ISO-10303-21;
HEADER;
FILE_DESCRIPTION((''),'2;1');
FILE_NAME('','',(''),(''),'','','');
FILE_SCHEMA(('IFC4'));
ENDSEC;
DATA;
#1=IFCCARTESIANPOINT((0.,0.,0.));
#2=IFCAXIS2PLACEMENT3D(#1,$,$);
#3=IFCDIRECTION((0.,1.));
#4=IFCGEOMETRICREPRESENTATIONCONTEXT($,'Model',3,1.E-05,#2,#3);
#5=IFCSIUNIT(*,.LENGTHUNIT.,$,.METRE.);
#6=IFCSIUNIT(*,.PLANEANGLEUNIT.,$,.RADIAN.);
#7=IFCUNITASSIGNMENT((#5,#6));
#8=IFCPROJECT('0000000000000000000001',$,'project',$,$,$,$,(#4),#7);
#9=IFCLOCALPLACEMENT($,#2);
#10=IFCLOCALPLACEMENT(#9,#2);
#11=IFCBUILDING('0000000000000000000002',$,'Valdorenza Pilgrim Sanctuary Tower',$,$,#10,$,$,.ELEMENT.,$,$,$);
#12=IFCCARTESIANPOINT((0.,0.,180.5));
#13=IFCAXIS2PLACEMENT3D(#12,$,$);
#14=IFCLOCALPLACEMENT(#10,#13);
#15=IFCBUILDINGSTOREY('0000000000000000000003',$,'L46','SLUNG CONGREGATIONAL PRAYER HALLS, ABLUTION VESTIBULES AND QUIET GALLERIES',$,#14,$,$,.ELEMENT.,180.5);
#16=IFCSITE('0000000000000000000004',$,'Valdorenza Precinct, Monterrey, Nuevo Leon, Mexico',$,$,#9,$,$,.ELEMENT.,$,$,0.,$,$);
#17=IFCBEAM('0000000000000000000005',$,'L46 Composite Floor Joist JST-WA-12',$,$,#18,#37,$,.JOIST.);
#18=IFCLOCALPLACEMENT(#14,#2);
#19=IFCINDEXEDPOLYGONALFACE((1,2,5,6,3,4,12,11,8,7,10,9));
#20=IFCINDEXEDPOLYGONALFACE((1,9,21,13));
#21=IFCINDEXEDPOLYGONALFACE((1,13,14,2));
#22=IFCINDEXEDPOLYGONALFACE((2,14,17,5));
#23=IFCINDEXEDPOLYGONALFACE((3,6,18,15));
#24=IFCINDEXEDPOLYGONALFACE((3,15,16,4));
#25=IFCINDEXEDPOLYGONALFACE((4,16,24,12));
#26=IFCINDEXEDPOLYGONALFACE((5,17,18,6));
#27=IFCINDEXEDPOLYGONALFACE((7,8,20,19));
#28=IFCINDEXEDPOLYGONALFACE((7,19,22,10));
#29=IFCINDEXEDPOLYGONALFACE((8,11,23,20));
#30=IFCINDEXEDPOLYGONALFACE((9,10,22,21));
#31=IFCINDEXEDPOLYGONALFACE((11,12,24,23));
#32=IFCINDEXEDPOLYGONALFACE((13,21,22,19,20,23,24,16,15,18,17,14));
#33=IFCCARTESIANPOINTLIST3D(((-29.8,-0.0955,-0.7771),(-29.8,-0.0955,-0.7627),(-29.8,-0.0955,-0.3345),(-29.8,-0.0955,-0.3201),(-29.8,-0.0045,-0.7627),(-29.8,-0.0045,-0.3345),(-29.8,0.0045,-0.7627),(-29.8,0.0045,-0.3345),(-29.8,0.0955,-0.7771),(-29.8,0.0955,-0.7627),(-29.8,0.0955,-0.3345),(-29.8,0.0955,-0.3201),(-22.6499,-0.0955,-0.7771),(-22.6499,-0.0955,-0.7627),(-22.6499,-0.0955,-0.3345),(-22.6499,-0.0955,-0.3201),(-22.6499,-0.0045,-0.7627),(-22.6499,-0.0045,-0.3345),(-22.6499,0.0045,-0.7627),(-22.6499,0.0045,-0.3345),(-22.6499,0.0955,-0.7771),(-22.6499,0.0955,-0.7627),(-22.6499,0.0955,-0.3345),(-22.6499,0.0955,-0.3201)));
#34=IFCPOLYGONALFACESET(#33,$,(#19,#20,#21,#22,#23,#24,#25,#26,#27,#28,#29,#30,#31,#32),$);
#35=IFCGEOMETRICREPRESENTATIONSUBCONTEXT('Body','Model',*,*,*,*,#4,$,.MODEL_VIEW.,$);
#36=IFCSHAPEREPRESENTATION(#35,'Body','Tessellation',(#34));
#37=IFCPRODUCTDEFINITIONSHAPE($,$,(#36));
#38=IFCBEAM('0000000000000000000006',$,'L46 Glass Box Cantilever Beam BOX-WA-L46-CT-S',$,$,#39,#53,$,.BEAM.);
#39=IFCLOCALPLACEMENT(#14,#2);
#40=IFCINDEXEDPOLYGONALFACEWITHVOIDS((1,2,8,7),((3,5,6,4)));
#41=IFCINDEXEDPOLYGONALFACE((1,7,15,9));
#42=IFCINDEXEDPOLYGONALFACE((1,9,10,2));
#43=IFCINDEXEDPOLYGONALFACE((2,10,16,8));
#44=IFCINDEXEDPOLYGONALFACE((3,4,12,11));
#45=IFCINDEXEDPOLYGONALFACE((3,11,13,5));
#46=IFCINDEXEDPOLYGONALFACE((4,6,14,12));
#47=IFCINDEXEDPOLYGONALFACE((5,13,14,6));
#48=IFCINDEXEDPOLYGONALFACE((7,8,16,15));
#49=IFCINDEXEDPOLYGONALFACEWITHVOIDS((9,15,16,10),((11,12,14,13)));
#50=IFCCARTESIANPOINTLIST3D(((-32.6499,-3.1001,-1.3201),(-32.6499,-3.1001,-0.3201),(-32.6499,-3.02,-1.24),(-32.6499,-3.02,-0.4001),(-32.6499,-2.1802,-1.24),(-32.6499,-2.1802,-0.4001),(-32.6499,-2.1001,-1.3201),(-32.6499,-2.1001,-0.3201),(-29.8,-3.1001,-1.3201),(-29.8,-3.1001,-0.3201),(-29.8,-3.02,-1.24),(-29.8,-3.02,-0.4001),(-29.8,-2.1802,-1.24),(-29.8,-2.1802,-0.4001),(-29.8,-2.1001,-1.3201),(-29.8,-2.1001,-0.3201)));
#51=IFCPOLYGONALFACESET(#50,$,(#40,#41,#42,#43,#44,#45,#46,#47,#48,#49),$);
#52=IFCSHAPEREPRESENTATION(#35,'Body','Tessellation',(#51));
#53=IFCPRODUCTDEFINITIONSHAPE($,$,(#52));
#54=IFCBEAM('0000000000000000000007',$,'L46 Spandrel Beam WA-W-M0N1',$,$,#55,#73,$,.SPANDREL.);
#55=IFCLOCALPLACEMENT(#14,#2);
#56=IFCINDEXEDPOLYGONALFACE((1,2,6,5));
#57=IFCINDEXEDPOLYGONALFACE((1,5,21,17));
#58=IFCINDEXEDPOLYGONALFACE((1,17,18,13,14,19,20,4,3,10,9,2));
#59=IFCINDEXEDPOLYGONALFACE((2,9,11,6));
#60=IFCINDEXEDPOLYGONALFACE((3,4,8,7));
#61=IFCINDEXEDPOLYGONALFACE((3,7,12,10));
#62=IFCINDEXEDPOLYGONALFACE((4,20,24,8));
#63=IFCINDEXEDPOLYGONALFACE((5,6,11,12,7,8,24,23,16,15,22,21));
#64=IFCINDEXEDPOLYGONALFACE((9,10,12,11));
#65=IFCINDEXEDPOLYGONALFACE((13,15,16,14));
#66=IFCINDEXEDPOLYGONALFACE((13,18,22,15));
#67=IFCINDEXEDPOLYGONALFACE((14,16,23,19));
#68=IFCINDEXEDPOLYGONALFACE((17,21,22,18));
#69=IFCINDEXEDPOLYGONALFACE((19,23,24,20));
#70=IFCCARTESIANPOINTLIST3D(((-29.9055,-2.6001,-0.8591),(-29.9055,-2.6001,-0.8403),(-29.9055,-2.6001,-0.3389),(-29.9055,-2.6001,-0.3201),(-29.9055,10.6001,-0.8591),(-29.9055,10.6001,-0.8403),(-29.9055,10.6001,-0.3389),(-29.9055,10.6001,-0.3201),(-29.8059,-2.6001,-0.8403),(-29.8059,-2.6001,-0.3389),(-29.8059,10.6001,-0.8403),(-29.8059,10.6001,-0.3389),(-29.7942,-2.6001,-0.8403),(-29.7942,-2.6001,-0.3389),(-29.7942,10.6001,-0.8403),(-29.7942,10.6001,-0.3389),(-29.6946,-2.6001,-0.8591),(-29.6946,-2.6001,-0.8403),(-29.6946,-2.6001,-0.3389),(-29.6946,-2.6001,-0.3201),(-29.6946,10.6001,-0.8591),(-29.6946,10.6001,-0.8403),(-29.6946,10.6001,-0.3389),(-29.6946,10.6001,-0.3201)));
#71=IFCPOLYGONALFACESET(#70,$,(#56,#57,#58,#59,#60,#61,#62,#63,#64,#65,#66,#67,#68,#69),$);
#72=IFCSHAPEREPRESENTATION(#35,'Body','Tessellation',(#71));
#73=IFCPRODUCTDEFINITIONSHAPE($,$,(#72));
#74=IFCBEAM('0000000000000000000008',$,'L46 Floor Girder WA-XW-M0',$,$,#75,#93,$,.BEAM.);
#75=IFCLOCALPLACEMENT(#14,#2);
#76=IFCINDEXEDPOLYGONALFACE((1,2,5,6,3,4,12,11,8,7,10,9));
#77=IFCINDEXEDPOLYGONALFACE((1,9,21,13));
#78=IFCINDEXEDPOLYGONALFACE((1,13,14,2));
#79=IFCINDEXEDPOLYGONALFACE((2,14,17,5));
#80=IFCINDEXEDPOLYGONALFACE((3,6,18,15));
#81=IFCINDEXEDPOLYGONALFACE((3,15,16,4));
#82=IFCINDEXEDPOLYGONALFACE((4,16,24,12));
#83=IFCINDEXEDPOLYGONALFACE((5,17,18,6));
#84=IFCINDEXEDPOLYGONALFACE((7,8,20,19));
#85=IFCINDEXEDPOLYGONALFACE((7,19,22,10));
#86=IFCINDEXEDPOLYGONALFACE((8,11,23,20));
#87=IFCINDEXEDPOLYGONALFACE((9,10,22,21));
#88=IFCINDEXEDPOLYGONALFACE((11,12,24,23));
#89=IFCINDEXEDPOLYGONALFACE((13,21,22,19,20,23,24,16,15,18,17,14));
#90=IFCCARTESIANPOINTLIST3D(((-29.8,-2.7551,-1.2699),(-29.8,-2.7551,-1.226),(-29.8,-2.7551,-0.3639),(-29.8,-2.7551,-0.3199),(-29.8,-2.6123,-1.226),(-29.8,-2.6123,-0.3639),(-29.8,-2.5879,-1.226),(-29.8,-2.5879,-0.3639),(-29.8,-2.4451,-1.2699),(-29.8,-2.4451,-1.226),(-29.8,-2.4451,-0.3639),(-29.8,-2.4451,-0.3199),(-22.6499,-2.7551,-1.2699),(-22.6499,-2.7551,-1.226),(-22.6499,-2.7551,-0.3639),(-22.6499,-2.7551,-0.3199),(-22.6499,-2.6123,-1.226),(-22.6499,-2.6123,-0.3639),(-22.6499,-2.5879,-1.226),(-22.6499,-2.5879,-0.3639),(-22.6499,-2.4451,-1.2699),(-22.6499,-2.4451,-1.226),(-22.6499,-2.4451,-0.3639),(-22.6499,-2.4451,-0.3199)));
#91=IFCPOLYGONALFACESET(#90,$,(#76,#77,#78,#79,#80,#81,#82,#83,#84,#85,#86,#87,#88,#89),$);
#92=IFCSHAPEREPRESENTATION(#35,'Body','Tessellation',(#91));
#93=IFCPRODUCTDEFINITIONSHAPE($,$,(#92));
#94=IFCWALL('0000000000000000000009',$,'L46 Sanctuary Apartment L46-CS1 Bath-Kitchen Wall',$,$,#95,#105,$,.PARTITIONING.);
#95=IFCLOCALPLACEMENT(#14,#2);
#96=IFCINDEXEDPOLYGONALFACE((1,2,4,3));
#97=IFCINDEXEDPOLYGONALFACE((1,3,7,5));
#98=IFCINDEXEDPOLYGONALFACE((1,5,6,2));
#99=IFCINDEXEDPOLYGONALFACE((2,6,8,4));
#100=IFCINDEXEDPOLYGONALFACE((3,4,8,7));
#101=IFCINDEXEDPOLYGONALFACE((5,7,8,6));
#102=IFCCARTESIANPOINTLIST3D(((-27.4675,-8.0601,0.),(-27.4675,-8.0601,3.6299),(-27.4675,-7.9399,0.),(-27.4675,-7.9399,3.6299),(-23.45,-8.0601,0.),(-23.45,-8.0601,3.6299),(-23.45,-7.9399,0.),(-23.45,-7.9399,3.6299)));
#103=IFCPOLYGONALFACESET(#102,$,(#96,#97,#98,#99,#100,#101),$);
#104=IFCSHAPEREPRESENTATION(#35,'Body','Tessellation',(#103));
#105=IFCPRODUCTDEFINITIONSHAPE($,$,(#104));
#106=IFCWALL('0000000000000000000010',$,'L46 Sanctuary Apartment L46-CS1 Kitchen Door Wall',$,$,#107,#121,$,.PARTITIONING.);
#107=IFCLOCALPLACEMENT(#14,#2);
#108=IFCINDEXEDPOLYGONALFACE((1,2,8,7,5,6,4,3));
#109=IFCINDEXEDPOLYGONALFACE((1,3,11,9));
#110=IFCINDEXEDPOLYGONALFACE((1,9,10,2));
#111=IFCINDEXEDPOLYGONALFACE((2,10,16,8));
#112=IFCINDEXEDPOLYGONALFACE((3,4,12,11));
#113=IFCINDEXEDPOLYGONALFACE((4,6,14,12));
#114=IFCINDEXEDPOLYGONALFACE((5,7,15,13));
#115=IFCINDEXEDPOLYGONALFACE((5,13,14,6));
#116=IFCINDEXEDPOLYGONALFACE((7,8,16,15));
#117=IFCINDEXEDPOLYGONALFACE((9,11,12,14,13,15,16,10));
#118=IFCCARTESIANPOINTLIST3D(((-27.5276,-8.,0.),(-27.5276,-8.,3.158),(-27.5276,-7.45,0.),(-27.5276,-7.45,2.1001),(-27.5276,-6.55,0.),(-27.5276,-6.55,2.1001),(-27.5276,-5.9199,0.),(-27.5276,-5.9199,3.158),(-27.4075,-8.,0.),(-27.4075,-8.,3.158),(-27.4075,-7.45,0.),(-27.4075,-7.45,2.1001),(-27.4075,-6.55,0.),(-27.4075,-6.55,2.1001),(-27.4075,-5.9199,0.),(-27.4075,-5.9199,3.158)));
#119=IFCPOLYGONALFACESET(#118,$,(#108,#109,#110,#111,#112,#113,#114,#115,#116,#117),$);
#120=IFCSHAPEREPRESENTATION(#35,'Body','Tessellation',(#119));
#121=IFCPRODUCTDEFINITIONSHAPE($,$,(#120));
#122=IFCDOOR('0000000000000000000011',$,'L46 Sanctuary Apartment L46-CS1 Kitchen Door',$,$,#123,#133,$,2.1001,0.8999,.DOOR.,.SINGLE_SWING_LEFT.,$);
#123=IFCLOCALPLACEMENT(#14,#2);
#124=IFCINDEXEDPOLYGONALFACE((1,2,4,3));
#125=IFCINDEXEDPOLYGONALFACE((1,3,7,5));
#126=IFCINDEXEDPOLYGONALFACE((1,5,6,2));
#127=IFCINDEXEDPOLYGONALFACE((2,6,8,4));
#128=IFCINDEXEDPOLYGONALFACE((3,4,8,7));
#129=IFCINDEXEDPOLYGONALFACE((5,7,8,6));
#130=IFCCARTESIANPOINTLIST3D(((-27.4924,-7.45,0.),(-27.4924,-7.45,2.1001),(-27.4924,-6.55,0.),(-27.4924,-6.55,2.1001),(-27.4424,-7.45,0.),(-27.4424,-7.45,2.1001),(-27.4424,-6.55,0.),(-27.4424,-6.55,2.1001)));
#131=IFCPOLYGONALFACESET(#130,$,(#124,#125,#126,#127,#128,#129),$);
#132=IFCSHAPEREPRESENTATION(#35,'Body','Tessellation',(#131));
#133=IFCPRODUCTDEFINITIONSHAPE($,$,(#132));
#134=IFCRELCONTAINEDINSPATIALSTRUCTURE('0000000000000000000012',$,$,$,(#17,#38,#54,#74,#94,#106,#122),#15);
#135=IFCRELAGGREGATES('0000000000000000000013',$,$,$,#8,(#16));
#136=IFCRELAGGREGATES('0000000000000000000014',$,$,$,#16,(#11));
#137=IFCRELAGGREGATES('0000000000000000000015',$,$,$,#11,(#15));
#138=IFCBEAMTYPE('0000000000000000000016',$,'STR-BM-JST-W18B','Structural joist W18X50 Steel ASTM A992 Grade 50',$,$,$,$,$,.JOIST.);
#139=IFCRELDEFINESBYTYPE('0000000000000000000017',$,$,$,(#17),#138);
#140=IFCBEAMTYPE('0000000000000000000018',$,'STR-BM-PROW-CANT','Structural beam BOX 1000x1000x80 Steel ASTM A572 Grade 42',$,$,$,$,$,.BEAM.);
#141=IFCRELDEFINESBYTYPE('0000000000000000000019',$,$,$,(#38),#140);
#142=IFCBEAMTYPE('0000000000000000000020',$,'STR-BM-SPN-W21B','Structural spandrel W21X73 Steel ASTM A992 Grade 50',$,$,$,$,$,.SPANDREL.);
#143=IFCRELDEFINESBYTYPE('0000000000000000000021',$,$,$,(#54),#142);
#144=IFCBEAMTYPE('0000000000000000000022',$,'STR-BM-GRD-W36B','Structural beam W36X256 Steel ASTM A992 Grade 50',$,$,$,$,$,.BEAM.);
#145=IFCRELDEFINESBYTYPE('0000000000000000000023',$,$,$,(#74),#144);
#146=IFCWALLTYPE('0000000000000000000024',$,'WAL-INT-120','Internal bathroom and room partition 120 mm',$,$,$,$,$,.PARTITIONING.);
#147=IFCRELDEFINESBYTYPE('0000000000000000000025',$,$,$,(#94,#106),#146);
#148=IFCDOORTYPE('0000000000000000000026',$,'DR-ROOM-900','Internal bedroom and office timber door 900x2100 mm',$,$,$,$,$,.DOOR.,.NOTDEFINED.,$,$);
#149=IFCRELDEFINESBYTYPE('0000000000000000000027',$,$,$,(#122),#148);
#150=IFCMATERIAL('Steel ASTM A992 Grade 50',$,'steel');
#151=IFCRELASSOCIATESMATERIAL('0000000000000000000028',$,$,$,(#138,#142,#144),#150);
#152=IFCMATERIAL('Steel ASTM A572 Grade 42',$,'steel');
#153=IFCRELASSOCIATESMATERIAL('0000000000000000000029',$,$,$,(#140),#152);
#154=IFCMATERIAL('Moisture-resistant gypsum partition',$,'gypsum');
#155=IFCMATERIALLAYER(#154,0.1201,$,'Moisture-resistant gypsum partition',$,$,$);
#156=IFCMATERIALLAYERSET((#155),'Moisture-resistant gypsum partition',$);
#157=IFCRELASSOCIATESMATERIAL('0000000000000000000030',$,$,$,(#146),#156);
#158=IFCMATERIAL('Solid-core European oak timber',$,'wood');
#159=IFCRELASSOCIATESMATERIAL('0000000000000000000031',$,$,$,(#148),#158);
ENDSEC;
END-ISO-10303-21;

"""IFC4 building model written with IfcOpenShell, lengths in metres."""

from ifc_helpers import new_model, si_unit, direction, frame, frame_2d, origin, origin_2d, place, context, subcontext, project, spatial, rectangle, hollow_rectangle, i_section, extrude, source, transform, mapped, material, layer, layer_set, material_profile, profile_set, type_object, element, fill, save


model = new_model("IFC4")

# Units and contexts
model_context = context("Model", 3, precision=1e-05, world=origin(), true_north=direction((0.0, 1.0)))
body_context = subcontext(model_context, "Body", "Model", "MODEL_VIEW")
ifc_project = project(units=[si_unit("LENGTHUNIT", "METRE"), si_unit("PLANEANGLEUNIT", "RADIAN")], contexts=[model_context])

# Site, building, storey
site_placement = place(None, origin())
site = spatial("IfcSite", under=ifc_project, at=site_placement, Name="Valdorenza Precinct, Monterrey, Nuevo Leon, Mexico", CompositionType="ELEMENT", RefElevation=0.0)
building_placement = place(site_placement, origin())
building = spatial("IfcBuilding", under=site, at=building_placement, Name="Valdorenza Pilgrim Sanctuary Tower", CompositionType="ELEMENT")
storey_placement = place(building_placement, frame((0.0, 0.0, 180.5)))
storey = spatial("IfcBuildingStorey", under=building, at=storey_placement, Name="L46", Description="SLUNG CONGREGATIONAL PRAYER HALLS, ABLUTION VESTIBULES AND QUIET GALLERIES", CompositionType="ELEMENT", Elevation=180.5)

# Beams
ifc_material_1 = material(Name="Steel ASTM A992 Grade 50", Category="steel")
ifc_material_profile_1 = material_profile(ifc_material_1, i_section(OverallWidth=0.1909, OverallDepth=0.457, WebThickness=0.009, FlangeThickness=0.0144, at=origin_2d()), Name="W18X50")
ifc_profile_set_1 = profile_set([ifc_material_profile_1], Name="Steel ASTM A992 Grade 50")
beam_type_1 = type_object("IfcBeamType", Name="STR-BM-JST-W18B", Description="Structural joist W18X50 Steel ASTM A992 Grade 50", PredefinedType="JOIST", material=ifc_profile_set_1)
shared_shape_1 = source(origin(), body_context, "Body", "SweptSolid", [
    extrude(i_section(OverallWidth=0.1909, OverallDepth=0.457, WebThickness=0.009, FlangeThickness=0.0144, at=origin_2d()), origin(), (0.0, 0.0, 1.0), 7.1501),
])
for number, where, z_axis, x_axis, name in (
    (1, (-29.8, 0.0, -0.5486), (1.0, 0.0, 0.0), (0.0, 1.0, 0.0), "L46 Composite Floor Joist JST-WA-12"),
):
    element("IfcBeam", number, at=place(storey_placement, frame(where, z_axis=z_axis, x_axis=x_axis)), inside=storey, type_object=beam_type_1, Name=name, PredefinedType="JOIST", context=body_context, shape_type="MappedRepresentation", body=[
        mapped(shared_shape_1, transform((0.0, 0.0, 0.0), x_axis=(1.0, 0.0, 0.0), y_axis=(0.0, 1.0, 0.0), z_axis=(0.0, 0.0, 1.0), scale=1.0)),
    ])
ifc_material_2 = material(Name="Steel ASTM A572 Grade 42", Category="steel")
ifc_material_profile_2 = material_profile(ifc_material_2, hollow_rectangle(XDim=1.0, YDim=1.0, WallThickness=0.0801, at=origin_2d()), Name="BOX 1000x1000x80")
ifc_profile_set_2 = profile_set([ifc_material_profile_2], Name="Steel ASTM A572 Grade 42")
beam_type_2 = type_object("IfcBeamType", Name="STR-BM-PROW-CANT", Description="Structural beam BOX 1000x1000x80 Steel ASTM A572 Grade 42", PredefinedType="BEAM", material=ifc_profile_set_2)
shared_shape_2 = source(origin(), body_context, "Body", "SweptSolid", [
    extrude(hollow_rectangle(XDim=1.0, YDim=1.0, WallThickness=0.0801, at=origin_2d()), origin(), (0.0, 0.0, 1.0), 2.8499),
])
beam_1_placement = place(storey_placement, frame((-29.8, -2.6001, -0.8201), z_axis=(-1.0, 0.0, 0.0), x_axis=(0.0, -1.0, 0.0)))
element("IfcBeam", 2, at=beam_1_placement, inside=storey, type_object=beam_type_2, Name="L46 Glass Box Cantilever Beam BOX-WA-L46-CT-S", PredefinedType="BEAM", context=body_context, shape_type="MappedRepresentation", body=[
    mapped(shared_shape_2, transform((0.0, 0.0, 0.0), x_axis=(1.0, 0.0, 0.0), y_axis=(0.0, 1.0, 0.0), z_axis=(0.0, 0.0, 1.0), scale=1.0)),
])
ifc_material_profile_3 = material_profile(ifc_material_1, i_section(OverallWidth=0.2109, OverallDepth=0.5391, WebThickness=0.0117, FlangeThickness=0.0188, at=origin_2d()), Name="W21X73")
ifc_profile_set_3 = profile_set([ifc_material_profile_3], Name="Steel ASTM A992 Grade 50")
beam_type_3 = type_object("IfcBeamType", Name="STR-BM-SPN-W21B", Description="Structural spandrel W21X73 Steel ASTM A992 Grade 50", PredefinedType="SPANDREL", material=ifc_profile_set_3)
shared_shape_3 = source(origin(), body_context, "Body", "SweptSolid", [
    extrude(i_section(OverallWidth=0.2109, OverallDepth=0.5391, WebThickness=0.0117, FlangeThickness=0.0188, at=origin_2d()), origin(), (0.0, 0.0, 1.0), 13.2002),
])
beam_2_placement = place(storey_placement, frame((-29.8, -2.6001, -0.5896), z_axis=(0.0, 1.0, 0.0), x_axis=(-1.0, 0.0, 0.0)))
element("IfcBeam", 3, at=beam_2_placement, inside=storey, type_object=beam_type_3, Name="L46 Spandrel Beam WA-W-M0N1", PredefinedType="SPANDREL", context=body_context, shape_type="MappedRepresentation", body=[
    mapped(shared_shape_3, transform((0.0, 0.0, 0.0), x_axis=(1.0, 0.0, 0.0), y_axis=(0.0, 1.0, 0.0), z_axis=(0.0, 0.0, 1.0), scale=1.0)),
])
ifc_material_profile_4 = material_profile(ifc_material_1, i_section(OverallWidth=0.3101, OverallDepth=0.95, WebThickness=0.0244, FlangeThickness=0.0439, at=origin_2d()), Name="W36X256")
ifc_profile_set_4 = profile_set([ifc_material_profile_4], Name="Steel ASTM A992 Grade 50")
beam_type_4 = type_object("IfcBeamType", Name="STR-BM-GRD-W36B", Description="Structural beam W36X256 Steel ASTM A992 Grade 50", PredefinedType="BEAM", material=ifc_profile_set_4)
shared_shape_4 = source(origin(), body_context, "Body", "SweptSolid", [
    extrude(i_section(OverallWidth=0.3101, OverallDepth=0.95, WebThickness=0.0244, FlangeThickness=0.0439, at=origin_2d()), origin(), (0.0, 0.0, 1.0), 7.1501),
])
beam_3_placement = place(storey_placement, frame((-29.8, -2.6001, -0.7949), z_axis=(1.0, 0.0, 0.0), x_axis=(0.0, 1.0, 0.0)))
element("IfcBeam", 4, at=beam_3_placement, inside=storey, type_object=beam_type_4, Name="L46 Floor Girder WA-XW-M0", PredefinedType="BEAM", context=body_context, shape_type="MappedRepresentation", body=[
    mapped(shared_shape_4, transform((0.0, 0.0, 0.0), x_axis=(1.0, 0.0, 0.0), y_axis=(0.0, 1.0, 0.0), z_axis=(0.0, 0.0, 1.0), scale=1.0)),
])

# Wall
ifc_material_3 = material(Name="Moisture-resistant gypsum partition", Category="gypsum")
ifc_layer_1 = layer(ifc_material_3, 0.1201, Name="Moisture-resistant gypsum partition")
ifc_layer_set_1 = layer_set([ifc_layer_1], Name="Moisture-resistant gypsum partition")
wall_type_1 = type_object("IfcWallType", Name="WAL-INT-120", Description="Internal bathroom and room partition 120 mm", PredefinedType="PARTITIONING", material=ifc_layer_set_1)
wall_1_placement = place(storey_placement, frame((-27.4675, -8.0, 0.0), z_axis=(0.0, 0.0, 1.0), x_axis=(1.0, 0.0, 0.0)))
element("IfcWall", 5, at=wall_1_placement, inside=storey, type_object=wall_type_1, Name="L46 Sanctuary Apartment L46-CS1 Bath-Kitchen Wall", PredefinedType="PARTITIONING", context=body_context, shape_type="SweptSolid", body=[
    extrude(rectangle(XDim=4.0176, YDim=0.1201, at=frame_2d((2.0088, 0.0))), origin(), (0.0, 0.0, 1.0), 3.6299),
])

# Wall, opening, door
wall_2_placement = place(storey_placement, frame((-27.4675, -8.0, 0.0), z_axis=(0.0, 0.0, 1.0), x_axis=(0.0, 1.0, 0.0)))
wall_2 = element("IfcWall", 6, at=wall_2_placement, inside=storey, type_object=wall_type_1, Name="L46 Sanctuary Apartment L46-CS1 Kitchen Door Wall", PredefinedType="PARTITIONING", context=body_context, shape_type="SweptSolid", body=[
    extrude(rectangle(XDim=2.0801, YDim=0.1201, at=frame_2d((1.04, 0.0))), origin(), (0.0, 0.0, 1.0), 3.158),
])
opening_1_placement = place(wall_2_placement, frame((0.55, 0.0, 0.0)))
opening_1 = element("IfcOpeningElement", 7, at=opening_1_placement, cuts=wall_2, PredefinedType="OPENING", context=body_context, shape_type="SweptSolid", body=[
    extrude(rectangle(XDim=0.8999, YDim=2.1001, at=frame_2d((0.45, 1.05))), frame((0.0, 0.075, 0.0), z_axis=(0.0, -1.0, 0.0), x_axis=(1.0, 0.0, 0.0)), (0.0, 0.0, 1.0), 0.1499),
])
ifc_material_4 = material(Name="Solid-core European oak timber", Category="wood")
door_type_1 = type_object("IfcDoorType", Name="DR-ROOM-900", Description="Internal bedroom and office timber door 900x2100 mm", OperationType="NOTDEFINED", PredefinedType="DOOR", material=ifc_material_4)
door_1_placement = place(opening_1_placement, origin())
door_1 = element("IfcDoor", 8, at=door_1_placement, inside=storey, type_object=door_type_1, Name="L46 Sanctuary Apartment L46-CS1 Kitchen Door", OperationType="SINGLE_SWING_LEFT", OverallHeight=2.1001, OverallWidth=0.8999, PredefinedType="DOOR", context=body_context, shape_type="SweptSolid", body=[
    extrude(rectangle(XDim=0.8999, YDim=2.1001, at=frame_2d((0.45, 1.05))), frame((0.0, 0.0249, 0.0), z_axis=(0.0, -1.0, 0.0), x_axis=(1.0, 0.0, 0.0)), (0.0, 0.0, 1.0), 0.05),
])
fill(opening_1, door_1)

save(model, "model.ifc")
